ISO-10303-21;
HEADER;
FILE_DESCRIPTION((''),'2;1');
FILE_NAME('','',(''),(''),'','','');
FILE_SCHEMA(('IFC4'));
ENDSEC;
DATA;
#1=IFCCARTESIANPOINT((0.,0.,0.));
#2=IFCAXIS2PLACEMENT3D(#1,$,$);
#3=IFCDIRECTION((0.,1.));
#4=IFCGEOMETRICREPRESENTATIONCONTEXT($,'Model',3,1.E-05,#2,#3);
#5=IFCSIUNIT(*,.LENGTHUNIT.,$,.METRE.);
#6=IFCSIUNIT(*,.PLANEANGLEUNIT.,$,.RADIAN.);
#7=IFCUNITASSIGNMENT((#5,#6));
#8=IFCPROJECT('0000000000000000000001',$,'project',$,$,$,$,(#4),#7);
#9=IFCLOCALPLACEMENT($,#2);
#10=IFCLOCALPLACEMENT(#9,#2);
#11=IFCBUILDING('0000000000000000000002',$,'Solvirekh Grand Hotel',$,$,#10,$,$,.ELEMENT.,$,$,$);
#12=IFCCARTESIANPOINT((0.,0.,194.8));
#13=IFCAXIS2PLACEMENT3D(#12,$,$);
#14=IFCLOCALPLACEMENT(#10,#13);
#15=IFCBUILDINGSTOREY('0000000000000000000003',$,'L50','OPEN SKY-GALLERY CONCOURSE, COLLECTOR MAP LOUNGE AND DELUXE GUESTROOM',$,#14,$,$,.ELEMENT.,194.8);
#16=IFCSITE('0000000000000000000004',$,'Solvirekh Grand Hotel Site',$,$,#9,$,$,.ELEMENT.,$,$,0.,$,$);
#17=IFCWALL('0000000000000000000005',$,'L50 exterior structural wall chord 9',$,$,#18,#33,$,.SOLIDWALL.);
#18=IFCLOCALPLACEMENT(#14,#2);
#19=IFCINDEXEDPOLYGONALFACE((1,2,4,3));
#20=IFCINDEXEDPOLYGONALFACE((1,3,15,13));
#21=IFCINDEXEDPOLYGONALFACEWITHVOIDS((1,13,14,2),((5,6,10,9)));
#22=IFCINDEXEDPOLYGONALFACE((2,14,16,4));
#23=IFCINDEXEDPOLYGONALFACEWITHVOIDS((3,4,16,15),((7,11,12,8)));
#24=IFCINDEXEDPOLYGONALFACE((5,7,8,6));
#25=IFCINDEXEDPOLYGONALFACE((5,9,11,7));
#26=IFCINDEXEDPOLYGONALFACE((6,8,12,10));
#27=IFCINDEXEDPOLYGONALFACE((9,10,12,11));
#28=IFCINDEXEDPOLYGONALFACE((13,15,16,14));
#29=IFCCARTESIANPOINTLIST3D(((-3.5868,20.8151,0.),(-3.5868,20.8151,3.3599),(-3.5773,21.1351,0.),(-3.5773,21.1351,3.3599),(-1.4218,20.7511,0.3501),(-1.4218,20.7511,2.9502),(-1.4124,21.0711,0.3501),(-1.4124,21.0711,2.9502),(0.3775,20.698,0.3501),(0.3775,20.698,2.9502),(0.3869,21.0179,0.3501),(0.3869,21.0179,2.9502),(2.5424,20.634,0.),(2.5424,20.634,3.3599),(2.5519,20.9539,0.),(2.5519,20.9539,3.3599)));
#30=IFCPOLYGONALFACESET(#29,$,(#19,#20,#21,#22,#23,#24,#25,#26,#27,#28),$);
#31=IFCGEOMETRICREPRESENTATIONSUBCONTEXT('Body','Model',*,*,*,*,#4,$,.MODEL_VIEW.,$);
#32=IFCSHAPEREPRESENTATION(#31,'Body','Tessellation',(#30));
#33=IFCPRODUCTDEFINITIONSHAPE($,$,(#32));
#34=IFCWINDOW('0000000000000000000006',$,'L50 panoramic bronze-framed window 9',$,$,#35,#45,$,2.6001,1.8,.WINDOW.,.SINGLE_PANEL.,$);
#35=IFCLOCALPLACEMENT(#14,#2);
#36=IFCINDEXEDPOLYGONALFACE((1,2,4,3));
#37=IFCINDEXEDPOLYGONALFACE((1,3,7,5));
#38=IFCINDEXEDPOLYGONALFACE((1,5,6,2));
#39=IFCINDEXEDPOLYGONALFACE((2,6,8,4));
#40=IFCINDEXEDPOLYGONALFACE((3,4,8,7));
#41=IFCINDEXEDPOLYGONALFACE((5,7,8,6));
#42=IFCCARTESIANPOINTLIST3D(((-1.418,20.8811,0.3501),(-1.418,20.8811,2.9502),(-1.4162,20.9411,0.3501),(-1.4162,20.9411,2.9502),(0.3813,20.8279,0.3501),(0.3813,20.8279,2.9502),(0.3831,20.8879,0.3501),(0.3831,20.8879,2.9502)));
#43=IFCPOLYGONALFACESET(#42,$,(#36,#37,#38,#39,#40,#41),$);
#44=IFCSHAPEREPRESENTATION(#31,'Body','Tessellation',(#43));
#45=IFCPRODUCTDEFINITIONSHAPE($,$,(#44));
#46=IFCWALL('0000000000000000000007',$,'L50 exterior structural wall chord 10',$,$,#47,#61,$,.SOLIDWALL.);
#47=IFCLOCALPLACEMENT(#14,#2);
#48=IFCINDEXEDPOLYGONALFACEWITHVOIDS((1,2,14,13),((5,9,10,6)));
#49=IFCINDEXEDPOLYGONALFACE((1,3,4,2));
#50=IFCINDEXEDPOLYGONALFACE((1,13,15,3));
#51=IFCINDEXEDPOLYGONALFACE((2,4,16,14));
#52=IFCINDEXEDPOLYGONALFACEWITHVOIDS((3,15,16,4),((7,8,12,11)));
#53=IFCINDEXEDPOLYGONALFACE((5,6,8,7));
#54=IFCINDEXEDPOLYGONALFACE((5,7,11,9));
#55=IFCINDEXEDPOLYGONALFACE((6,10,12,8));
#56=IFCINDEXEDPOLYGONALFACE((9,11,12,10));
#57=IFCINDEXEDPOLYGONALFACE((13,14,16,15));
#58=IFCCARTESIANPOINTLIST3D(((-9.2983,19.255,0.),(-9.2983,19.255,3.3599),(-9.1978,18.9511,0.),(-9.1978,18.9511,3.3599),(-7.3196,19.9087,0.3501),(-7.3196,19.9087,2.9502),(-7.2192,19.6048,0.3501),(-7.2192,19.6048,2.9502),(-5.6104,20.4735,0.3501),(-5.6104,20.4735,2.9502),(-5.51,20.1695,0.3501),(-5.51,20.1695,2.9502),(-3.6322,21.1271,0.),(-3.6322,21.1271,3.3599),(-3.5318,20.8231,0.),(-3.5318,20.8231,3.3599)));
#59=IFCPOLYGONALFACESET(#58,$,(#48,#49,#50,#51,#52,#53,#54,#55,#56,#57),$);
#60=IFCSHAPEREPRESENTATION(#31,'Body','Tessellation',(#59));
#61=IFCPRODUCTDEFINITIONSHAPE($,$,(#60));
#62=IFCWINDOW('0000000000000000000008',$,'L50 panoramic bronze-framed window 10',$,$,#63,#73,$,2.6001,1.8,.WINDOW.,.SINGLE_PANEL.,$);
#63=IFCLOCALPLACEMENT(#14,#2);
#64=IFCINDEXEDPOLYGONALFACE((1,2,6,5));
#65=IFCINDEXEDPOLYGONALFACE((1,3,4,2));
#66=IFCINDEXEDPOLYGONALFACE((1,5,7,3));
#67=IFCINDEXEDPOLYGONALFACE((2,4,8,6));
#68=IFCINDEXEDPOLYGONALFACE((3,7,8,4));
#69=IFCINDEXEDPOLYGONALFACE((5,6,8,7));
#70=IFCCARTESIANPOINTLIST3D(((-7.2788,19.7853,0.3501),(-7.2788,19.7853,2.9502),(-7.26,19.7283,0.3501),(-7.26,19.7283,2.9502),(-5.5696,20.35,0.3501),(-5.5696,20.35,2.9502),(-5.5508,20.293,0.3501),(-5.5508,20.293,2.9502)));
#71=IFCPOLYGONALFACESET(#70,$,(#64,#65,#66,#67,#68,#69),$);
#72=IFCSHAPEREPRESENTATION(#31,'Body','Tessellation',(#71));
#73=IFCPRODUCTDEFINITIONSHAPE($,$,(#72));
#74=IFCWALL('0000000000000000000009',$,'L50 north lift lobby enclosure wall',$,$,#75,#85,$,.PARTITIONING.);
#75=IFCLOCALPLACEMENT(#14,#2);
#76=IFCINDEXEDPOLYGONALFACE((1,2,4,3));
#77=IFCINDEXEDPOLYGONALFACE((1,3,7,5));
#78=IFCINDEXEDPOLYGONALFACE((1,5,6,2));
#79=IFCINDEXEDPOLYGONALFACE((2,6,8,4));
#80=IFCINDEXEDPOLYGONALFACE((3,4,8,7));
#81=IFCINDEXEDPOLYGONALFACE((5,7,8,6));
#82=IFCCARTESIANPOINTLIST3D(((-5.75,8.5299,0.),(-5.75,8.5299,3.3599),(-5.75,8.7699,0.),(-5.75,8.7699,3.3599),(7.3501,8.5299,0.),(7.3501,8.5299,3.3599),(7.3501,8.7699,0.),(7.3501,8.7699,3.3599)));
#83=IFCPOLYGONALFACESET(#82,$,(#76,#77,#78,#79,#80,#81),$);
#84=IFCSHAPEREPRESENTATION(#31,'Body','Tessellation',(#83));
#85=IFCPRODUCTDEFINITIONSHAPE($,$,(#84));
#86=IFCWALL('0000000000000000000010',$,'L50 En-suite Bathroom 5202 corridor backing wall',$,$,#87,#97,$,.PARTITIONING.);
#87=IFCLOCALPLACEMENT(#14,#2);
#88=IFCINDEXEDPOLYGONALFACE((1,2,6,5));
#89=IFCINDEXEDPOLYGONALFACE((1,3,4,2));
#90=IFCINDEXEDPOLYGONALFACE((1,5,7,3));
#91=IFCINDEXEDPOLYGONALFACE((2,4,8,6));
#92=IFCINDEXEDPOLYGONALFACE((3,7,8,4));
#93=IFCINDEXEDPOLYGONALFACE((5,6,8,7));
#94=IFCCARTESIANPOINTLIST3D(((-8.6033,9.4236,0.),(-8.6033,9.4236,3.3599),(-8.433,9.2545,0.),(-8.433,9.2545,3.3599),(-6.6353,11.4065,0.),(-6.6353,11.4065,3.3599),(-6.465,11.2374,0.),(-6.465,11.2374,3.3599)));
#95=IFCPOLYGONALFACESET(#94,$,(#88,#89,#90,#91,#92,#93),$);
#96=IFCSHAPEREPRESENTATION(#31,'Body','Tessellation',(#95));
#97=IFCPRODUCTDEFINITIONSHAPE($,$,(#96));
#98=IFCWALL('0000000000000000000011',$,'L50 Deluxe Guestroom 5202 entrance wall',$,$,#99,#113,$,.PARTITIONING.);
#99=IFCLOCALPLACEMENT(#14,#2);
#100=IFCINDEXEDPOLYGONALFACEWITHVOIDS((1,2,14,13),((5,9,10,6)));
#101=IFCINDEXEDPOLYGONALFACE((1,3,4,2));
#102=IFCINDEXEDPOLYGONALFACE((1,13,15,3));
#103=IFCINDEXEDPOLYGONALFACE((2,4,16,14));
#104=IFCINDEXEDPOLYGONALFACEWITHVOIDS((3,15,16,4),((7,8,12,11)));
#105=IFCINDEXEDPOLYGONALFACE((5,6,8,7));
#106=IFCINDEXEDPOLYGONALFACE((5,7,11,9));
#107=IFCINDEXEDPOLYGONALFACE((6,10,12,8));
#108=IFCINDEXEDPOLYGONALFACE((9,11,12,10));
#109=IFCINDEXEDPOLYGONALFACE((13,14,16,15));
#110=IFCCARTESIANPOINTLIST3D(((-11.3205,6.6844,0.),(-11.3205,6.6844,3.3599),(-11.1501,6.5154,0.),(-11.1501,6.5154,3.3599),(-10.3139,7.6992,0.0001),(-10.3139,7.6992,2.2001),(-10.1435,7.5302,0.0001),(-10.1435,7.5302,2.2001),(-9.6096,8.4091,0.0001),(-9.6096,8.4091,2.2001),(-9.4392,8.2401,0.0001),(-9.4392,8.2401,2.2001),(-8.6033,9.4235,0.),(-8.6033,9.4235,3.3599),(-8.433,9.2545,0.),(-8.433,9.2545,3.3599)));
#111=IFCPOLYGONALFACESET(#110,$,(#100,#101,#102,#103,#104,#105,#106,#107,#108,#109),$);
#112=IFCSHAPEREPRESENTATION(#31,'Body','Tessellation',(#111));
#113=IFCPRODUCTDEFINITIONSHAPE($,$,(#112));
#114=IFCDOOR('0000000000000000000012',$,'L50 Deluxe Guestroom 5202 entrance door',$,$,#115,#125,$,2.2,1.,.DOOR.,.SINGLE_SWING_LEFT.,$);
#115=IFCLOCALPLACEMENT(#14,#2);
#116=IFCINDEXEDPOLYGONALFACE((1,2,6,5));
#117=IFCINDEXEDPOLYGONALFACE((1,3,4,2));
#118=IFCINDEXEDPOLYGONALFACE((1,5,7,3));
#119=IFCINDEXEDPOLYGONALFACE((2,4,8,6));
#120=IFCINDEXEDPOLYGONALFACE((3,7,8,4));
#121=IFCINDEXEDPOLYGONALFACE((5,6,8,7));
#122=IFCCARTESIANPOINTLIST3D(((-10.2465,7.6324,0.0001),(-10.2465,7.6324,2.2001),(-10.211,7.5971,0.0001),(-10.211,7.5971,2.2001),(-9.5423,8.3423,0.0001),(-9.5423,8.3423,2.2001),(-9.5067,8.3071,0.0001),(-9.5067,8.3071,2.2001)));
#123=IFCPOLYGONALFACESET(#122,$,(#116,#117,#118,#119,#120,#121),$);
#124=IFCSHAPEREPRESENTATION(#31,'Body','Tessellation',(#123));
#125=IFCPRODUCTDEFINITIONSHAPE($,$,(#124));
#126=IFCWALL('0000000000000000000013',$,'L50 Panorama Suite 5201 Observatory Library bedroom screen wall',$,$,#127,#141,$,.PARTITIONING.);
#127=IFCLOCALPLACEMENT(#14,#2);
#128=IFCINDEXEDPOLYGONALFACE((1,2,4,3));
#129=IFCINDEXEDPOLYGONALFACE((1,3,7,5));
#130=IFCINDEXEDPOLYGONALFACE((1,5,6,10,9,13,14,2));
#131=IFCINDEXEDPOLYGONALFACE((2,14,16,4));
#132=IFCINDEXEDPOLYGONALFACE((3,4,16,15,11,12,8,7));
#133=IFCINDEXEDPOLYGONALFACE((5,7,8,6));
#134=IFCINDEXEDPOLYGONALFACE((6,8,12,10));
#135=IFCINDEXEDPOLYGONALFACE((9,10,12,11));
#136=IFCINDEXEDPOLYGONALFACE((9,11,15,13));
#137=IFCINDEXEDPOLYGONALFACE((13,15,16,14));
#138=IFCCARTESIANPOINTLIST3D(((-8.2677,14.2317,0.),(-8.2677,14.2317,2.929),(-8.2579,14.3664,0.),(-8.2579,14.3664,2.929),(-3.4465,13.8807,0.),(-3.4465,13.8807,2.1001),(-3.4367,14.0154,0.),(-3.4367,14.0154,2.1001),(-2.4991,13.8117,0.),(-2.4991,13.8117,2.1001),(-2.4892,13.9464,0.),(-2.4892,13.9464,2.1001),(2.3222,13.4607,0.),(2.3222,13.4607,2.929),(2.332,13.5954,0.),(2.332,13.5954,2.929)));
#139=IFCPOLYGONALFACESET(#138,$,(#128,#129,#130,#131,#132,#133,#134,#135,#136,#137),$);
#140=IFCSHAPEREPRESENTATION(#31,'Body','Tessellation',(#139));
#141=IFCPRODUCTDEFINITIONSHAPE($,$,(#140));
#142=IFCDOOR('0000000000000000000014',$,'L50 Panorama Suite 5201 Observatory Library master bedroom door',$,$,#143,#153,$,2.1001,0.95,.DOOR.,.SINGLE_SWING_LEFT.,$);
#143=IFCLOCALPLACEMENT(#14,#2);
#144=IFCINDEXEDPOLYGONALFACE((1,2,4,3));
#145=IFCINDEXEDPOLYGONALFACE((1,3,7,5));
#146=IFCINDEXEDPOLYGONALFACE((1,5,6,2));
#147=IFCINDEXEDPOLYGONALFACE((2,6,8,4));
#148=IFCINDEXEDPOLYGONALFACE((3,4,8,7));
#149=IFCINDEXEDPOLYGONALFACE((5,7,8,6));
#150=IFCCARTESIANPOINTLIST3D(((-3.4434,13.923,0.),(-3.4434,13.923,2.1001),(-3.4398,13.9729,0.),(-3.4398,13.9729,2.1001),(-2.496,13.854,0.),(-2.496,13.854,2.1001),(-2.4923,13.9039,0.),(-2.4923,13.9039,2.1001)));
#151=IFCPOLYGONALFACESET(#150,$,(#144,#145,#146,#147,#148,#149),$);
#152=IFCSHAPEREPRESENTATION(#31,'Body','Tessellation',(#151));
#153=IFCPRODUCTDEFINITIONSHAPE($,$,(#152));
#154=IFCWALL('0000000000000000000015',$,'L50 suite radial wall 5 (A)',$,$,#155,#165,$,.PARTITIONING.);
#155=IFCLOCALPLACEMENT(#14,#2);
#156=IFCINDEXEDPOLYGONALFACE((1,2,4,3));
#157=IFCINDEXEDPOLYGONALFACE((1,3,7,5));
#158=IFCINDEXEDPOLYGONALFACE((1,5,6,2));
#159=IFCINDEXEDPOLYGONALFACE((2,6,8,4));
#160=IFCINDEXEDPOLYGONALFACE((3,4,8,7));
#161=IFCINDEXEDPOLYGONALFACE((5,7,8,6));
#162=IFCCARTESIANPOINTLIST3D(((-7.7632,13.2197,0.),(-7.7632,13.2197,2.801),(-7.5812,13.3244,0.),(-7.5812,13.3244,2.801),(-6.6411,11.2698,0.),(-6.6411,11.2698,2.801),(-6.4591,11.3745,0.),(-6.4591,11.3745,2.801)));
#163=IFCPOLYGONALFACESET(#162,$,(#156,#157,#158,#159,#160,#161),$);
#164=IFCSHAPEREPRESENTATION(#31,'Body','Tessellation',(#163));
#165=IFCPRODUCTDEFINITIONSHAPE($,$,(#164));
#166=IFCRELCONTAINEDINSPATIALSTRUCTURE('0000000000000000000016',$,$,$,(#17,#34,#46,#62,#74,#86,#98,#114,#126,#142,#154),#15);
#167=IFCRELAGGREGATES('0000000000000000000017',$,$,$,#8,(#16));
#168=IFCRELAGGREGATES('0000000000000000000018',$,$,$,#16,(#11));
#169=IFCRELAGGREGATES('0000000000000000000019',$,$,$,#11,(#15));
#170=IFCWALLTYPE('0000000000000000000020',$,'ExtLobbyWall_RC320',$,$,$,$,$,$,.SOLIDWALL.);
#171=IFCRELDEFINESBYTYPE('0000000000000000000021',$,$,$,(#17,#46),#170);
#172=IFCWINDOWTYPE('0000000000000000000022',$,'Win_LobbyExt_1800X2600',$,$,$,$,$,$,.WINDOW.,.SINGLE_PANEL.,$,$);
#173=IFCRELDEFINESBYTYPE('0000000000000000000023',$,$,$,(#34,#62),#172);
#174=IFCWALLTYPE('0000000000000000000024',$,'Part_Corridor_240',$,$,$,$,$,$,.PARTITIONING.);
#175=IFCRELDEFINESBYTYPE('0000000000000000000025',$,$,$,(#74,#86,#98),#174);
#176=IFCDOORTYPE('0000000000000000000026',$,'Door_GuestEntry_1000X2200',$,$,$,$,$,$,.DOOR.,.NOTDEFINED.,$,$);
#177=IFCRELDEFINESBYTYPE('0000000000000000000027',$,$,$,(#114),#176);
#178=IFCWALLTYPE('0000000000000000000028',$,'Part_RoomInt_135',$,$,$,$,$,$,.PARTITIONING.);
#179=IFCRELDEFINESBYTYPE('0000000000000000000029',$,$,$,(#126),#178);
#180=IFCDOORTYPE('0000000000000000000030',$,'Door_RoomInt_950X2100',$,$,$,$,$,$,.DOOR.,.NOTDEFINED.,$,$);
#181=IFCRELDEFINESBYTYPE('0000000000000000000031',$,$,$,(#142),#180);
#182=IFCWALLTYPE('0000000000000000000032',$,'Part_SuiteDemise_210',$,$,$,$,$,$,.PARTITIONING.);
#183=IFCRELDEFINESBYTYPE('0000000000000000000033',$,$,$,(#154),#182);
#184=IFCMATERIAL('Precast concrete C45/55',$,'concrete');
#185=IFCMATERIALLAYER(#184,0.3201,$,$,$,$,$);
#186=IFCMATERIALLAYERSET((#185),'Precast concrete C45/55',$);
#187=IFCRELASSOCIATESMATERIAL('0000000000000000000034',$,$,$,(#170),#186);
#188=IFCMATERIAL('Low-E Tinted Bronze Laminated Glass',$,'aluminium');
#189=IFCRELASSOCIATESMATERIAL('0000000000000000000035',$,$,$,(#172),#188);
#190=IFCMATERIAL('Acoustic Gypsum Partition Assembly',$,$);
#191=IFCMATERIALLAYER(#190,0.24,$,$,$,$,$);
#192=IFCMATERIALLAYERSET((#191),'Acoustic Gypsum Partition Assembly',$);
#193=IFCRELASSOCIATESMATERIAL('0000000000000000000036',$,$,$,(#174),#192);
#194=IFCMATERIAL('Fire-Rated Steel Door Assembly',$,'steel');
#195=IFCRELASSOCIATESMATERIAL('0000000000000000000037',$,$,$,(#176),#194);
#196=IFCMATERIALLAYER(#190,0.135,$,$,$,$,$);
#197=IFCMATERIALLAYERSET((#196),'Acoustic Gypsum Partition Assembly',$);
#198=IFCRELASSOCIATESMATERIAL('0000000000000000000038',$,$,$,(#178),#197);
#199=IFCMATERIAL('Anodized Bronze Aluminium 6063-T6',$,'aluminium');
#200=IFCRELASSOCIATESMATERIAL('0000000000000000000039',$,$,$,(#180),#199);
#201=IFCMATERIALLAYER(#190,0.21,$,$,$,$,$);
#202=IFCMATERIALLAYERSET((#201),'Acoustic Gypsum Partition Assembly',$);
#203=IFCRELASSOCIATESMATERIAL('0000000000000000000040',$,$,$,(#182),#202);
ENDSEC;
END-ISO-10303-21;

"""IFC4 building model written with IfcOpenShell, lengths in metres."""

from ifc_helpers import new_model, si_unit, direction, frame, frame_2d, origin, place, context, subcontext, project, spatial, rectangle, extrude, material, layer, layer_set, type_object, element, fill, save


model = new_model("IFC4")

# Units and contexts
model_context = context("Model", 3, precision=1e-05, world=origin(), true_north=direction((0.0, 1.0)))
body_context = subcontext(model_context, "Body", "Model", "MODEL_VIEW")
ifc_project = project(units=[si_unit("LENGTHUNIT", "METRE"), si_unit("PLANEANGLEUNIT", "RADIAN")], contexts=[model_context])

# Site, building, storey
site_placement = place(None, origin())
site = spatial("IfcSite", under=ifc_project, at=site_placement, Name="Solvirekh Grand Hotel Site", CompositionType="ELEMENT", RefElevation=0.0)
building_placement = place(site_placement, origin())
building = spatial("IfcBuilding", under=site, at=building_placement, Name="Solvirekh Grand Hotel", CompositionType="ELEMENT")
storey_placement = place(building_placement, frame((0.0, 0.0, 194.8)))
storey = spatial("IfcBuildingStorey", under=building, at=storey_placement, Name="L50", Description="OPEN SKY-GALLERY CONCOURSE, COLLECTOR MAP LOUNGE AND DELUXE GUESTROOM", CompositionType="ELEMENT", Elevation=194.8)

# Shared definitions
ifc_material_1 = material(Name="Anodized Bronze Aluminium 6063-T6", Category="aluminium")
ifc_material_2 = material(Name="Low-E Tinted Bronze Laminated Glass", Category="aluminium")

# Walls, openings, windows
ifc_material_3 = material(Name="Precast concrete C45/55", Category="concrete")
ifc_layer_1 = layer(ifc_material_3, 0.3201)
ifc_layer_set_1 = layer_set([ifc_layer_1], Name="Precast concrete C45/55")
wall_type_1 = type_object("IfcWallType", Name="ExtLobbyWall_RC320", PredefinedType="SOLIDWALL", material=ifc_layer_set_1)
wall_1_placement = place(storey_placement, frame((-3.582, 20.9751, 0.0), z_axis=(0.0, 0.0, 1.0), x_axis=(0.999564, -0.029543, 0.0)))
wall_1 = element("IfcWall", 1, at=wall_1_placement, inside=storey, type_object=wall_type_1, Name="L50 exterior structural wall chord 9", PredefinedType="SOLIDWALL", context=body_context, shape_type="SweptSolid", body=[
    extrude(rectangle(XDim=6.1318, YDim=0.3201, at=frame_2d((3.0659, 0.0))), origin(), (0.0, 0.0, 1.0), 3.3599),
])
opening_1_placement = place(wall_1_placement, frame((2.166, 0.0, 0.3501)))
opening_1 = element("IfcOpeningElement", 2, at=opening_1_placement, cuts=wall_1, PredefinedType="OPENING", context=body_context, shape_type="SweptSolid", body=[
    extrude(rectangle(XDim=1.8, YDim=2.6001, at=frame_2d((0.8999, 1.3))), frame((0.0, 0.1699, 0.0), z_axis=(0.0, -1.0, 0.0), x_axis=(1.0, 0.0, 0.0)), (0.0, 0.0, 1.0), 0.3401),
])
window_type = type_object("IfcWindowType", Name="Win_LobbyExt_1800X2600", PartitioningType="SINGLE_PANEL", PredefinedType="WINDOW", material=ifc_material_2)
window_1_placement = place(opening_1_placement, origin())
window_1 = element("IfcWindow", 3, at=window_1_placement, inside=storey, type_object=window_type, Name="L50 panoramic bronze-framed window 9", OverallHeight=2.6001, OverallWidth=1.8, PartitioningType="SINGLE_PANEL", PredefinedType="WINDOW", context=body_context, shape_type="SweptSolid", body=[
    extrude(rectangle(XDim=1.8, YDim=2.6001, at=frame_2d((0.8999, 1.3))), frame((0.0, 0.03, 0.0), z_axis=(0.0, -1.0, 0.0), x_axis=(1.0, 0.0, 0.0)), (0.0, 0.0, 1.0), 0.0601),
])
fill(opening_1, window_1)
wall_2_placement = place(storey_placement, frame((-9.248, 19.103, 0.0), z_axis=(0.0, 0.0, 1.0), x_axis=(0.949515, 0.313723, 0.0)))
wall_2 = element("IfcWall", 4, at=wall_2_placement, inside=storey, type_object=wall_type_1, Name="L50 exterior structural wall chord 10", PredefinedType="SOLIDWALL", context=body_context, shape_type="SweptSolid", body=[
    extrude(rectangle(XDim=5.9673, YDim=0.3201, at=frame_2d((2.9836, 0.0))), origin(), (0.0, 0.0, 1.0), 3.3599),
])
opening_2_placement = place(wall_2_placement, frame((2.084, 0.0, 0.3501)))
opening_2 = element("IfcOpeningElement", 5, at=opening_2_placement, cuts=wall_2, PredefinedType="OPENING", context=body_context, shape_type="SweptSolid", body=[
    extrude(rectangle(XDim=1.8, YDim=2.6001, at=frame_2d((0.8999, 1.3))), frame((0.0, 0.1699, 0.0), z_axis=(0.0, -1.0, 0.0), x_axis=(1.0, 0.0, 0.0)), (0.0, 0.0, 1.0), 0.3401),
])
window_2_placement = place(opening_2_placement, origin())
window_2 = element("IfcWindow", 6, at=window_2_placement, inside=storey, type_object=window_type, Name="L50 panoramic bronze-framed window 10", OverallHeight=2.6001, OverallWidth=1.8, PartitioningType="SINGLE_PANEL", PredefinedType="WINDOW", context=body_context, shape_type="SweptSolid", body=[
    extrude(rectangle(XDim=1.8, YDim=2.6001, at=frame_2d((0.8999, 1.3))), frame((0.0, 0.03, 0.0), z_axis=(0.0, -1.0, 0.0), x_axis=(1.0, 0.0, 0.0)), (0.0, 0.0, 1.0), 0.0601),
])
fill(opening_2, window_2)

# Walls
ifc_material_4 = material(Name="Acoustic Gypsum Partition Assembly")
ifc_layer_2 = layer(ifc_material_4, 0.24)
ifc_layer_set_2 = layer_set([ifc_layer_2], Name="Acoustic Gypsum Partition Assembly")
wall_type_2 = type_object("IfcWallType", Name="Part_Corridor_240", PredefinedType="PARTITIONING", material=ifc_layer_set_2)
wall_3_placement = place(storey_placement, frame((-5.75, 8.6499, 0.0), z_axis=(0.0, 0.0, 1.0), x_axis=(1.0, 0.0, 0.0)))
element("IfcWall", 7, at=wall_3_placement, inside=storey, type_object=wall_type_2, Name="L50 north lift lobby enclosure wall", PredefinedType="PARTITIONING", context=body_context, shape_type="SweptSolid", body=[
    extrude(rectangle(XDim=13.1001, YDim=0.24, at=frame_2d((6.55, 0.0))), origin(), (0.0, 0.0, 1.0), 3.3599),
])
wall_4_placement = place(storey_placement, frame((-6.55, 11.322, 0.0), z_axis=(0.0, 0.0, 1.0), x_axis=(-0.704436, -0.709767, 0.0)))
element("IfcWall", 8, at=wall_4_placement, inside=storey, type_object=wall_type_2, Name="L50 En-suite Bathroom 5202 corridor backing wall", PredefinedType="PARTITIONING", context=body_context, shape_type="SweptSolid", body=[
    extrude(rectangle(XDim=2.7937, YDim=0.24, at=frame_2d((1.397, 0.0))), origin(), (0.0, 0.0, 1.0), 3.3599),
])

# Walls, openings, doors
wall_5_placement = place(storey_placement, frame((-8.5181, 9.3391, 0.0), z_axis=(0.0, 0.0, 1.0), x_axis=(-0.704253, -0.709949, 0.0)))
wall_5 = element("IfcWall", 9, at=wall_5_placement, inside=storey, type_object=wall_type_2, Name="L50 Deluxe Guestroom 5202 entrance wall", PredefinedType="PARTITIONING", context=body_context, shape_type="SweptSolid", body=[
    extrude(rectangle(XDim=3.8582, YDim=0.24, at=frame_2d((1.9292, 0.0))), origin(), (0.0, 0.0, 1.0), 3.3599),
])
opening_3_placement = place(wall_5_placement, frame((1.429, 0.0, 0.0)))
opening_3 = element("IfcOpeningElement", 10, at=opening_3_placement, cuts=wall_5, PredefinedType="OPENING", context=body_context, shape_type="SweptSolid", body=[
    extrude(rectangle(XDim=1.0, YDim=2.2, at=frame_2d((0.5, 1.1001))), frame((0.0, 0.1299, 0.0), z_axis=(0.0, -1.0, 0.0), x_axis=(1.0, 0.0, 0.0)), (0.0, 0.0, 1.0), 0.26),
])
ifc_material_5 = material(Name="Fire-Rated Steel Door Assembly", Category="steel")
door_type_1 = type_object("IfcDoorType", Name="Door_GuestEntry_1000X2200", OperationType="NOTDEFINED", PredefinedType="DOOR", material=ifc_material_5)
door_1_placement = place(opening_3_placement, origin())
door_1 = element("IfcDoor", 11, at=door_1_placement, inside=storey, type_object=door_type_1, Name="L50 Deluxe Guestroom 5202 entrance door", OperationType="SINGLE_SWING_LEFT", OverallHeight=2.2, OverallWidth=1.0, PredefinedType="DOOR", context=body_context, shape_type="SweptSolid", body=[
    extrude(rectangle(XDim=1.0, YDim=2.2, at=frame_2d((0.5, 1.1001))), frame((0.0, 0.0249, 0.0), z_axis=(0.0, -1.0, 0.0), x_axis=(1.0, 0.0, 0.0)), (0.0, 0.0, 1.0), 0.05),
])
fill(opening_3, door_1)
ifc_layer_3 = layer(ifc_material_4, 0.135)
ifc_layer_set_3 = layer_set([ifc_layer_3], Name="Acoustic Gypsum Partition Assembly")
wall_type_3 = type_object("IfcWallType", Name="Part_RoomInt_135", PredefinedType="PARTITIONING", material=ifc_layer_set_3)
wall_6_placement = place(storey_placement, frame((-8.2629, 14.2991, 0.0), z_axis=(0.0, 0.0, 1.0), x_axis=(0.99736, -0.072613, 0.0)))
wall_6 = element("IfcWall", 12, at=wall_6_placement, inside=storey, type_object=wall_type_3, Name="L50 Panorama Suite 5201 Observatory Library bedroom screen wall", PredefinedType="PARTITIONING", context=body_context, shape_type="SweptSolid", body=[
    extrude(rectangle(XDim=10.6179, YDim=0.135, at=frame_2d((5.3091, 0.0))), origin(), (0.0, 0.0, 1.0), 2.929),
])
opening_4_placement = place(wall_6_placement, frame((4.834, 0.0, 0.0)))
opening_4 = element("IfcOpeningElement", 13, at=opening_4_placement, cuts=wall_6, PredefinedType="OPENING", context=body_context, shape_type="SweptSolid", body=[
    extrude(rectangle(XDim=0.95, YDim=2.1001, at=frame_2d((0.4751, 1.05))), frame((0.0, 0.0776, 0.0), z_axis=(0.0, -1.0, 0.0), x_axis=(1.0, 0.0, 0.0)), (0.0, 0.0, 1.0), 0.155),
])
door_type_2 = type_object("IfcDoorType", Name="Door_RoomInt_950X2100", OperationType="NOTDEFINED", PredefinedType="DOOR", material=ifc_material_1)
door_2_placement = place(opening_4_placement, origin())
door_2 = element("IfcDoor", 14, at=door_2_placement, inside=storey, type_object=door_type_2, Name="L50 Panorama Suite 5201 Observatory Library master bedroom door", OperationType="SINGLE_SWING_LEFT", OverallHeight=2.1001, OverallWidth=0.95, PredefinedType="DOOR", context=body_context, shape_type="SweptSolid", body=[
    extrude(rectangle(XDim=0.95, YDim=2.1001, at=frame_2d((0.4751, 1.05))), frame((0.0, 0.0249, 0.0), z_axis=(0.0, -1.0, 0.0), x_axis=(1.0, 0.0, 0.0)), (0.0, 0.0, 1.0), 0.05),
])
fill(opening_4, door_2)

# Wall
ifc_layer_4 = layer(ifc_material_4, 0.21)
ifc_layer_set_4 = layer_set([ifc_layer_4], Name="Acoustic Gypsum Partition Assembly")
wall_type_4 = type_object("IfcWallType", Name="Part_SuiteDemise_210", PredefinedType="PARTITIONING", material=ifc_layer_set_4)
wall_7_placement = place(storey_placement, frame((-6.55, 11.322, 0.0), z_axis=(0.0, 0.0, 1.0), x_axis=(-0.498755, 0.866743, 0.0)))
element("IfcWall", 15, at=wall_7_placement, inside=storey, type_object=wall_type_4, Name="L50 suite radial wall 5 (A)", PredefinedType="PARTITIONING", context=body_context, shape_type="SweptSolid", body=[
    extrude(rectangle(XDim=2.2498, YDim=0.21, at=frame_2d((1.125, 0.0))), origin(), (0.0, 0.0, 1.0), 2.801),
])

save(model, "model.ifc")
